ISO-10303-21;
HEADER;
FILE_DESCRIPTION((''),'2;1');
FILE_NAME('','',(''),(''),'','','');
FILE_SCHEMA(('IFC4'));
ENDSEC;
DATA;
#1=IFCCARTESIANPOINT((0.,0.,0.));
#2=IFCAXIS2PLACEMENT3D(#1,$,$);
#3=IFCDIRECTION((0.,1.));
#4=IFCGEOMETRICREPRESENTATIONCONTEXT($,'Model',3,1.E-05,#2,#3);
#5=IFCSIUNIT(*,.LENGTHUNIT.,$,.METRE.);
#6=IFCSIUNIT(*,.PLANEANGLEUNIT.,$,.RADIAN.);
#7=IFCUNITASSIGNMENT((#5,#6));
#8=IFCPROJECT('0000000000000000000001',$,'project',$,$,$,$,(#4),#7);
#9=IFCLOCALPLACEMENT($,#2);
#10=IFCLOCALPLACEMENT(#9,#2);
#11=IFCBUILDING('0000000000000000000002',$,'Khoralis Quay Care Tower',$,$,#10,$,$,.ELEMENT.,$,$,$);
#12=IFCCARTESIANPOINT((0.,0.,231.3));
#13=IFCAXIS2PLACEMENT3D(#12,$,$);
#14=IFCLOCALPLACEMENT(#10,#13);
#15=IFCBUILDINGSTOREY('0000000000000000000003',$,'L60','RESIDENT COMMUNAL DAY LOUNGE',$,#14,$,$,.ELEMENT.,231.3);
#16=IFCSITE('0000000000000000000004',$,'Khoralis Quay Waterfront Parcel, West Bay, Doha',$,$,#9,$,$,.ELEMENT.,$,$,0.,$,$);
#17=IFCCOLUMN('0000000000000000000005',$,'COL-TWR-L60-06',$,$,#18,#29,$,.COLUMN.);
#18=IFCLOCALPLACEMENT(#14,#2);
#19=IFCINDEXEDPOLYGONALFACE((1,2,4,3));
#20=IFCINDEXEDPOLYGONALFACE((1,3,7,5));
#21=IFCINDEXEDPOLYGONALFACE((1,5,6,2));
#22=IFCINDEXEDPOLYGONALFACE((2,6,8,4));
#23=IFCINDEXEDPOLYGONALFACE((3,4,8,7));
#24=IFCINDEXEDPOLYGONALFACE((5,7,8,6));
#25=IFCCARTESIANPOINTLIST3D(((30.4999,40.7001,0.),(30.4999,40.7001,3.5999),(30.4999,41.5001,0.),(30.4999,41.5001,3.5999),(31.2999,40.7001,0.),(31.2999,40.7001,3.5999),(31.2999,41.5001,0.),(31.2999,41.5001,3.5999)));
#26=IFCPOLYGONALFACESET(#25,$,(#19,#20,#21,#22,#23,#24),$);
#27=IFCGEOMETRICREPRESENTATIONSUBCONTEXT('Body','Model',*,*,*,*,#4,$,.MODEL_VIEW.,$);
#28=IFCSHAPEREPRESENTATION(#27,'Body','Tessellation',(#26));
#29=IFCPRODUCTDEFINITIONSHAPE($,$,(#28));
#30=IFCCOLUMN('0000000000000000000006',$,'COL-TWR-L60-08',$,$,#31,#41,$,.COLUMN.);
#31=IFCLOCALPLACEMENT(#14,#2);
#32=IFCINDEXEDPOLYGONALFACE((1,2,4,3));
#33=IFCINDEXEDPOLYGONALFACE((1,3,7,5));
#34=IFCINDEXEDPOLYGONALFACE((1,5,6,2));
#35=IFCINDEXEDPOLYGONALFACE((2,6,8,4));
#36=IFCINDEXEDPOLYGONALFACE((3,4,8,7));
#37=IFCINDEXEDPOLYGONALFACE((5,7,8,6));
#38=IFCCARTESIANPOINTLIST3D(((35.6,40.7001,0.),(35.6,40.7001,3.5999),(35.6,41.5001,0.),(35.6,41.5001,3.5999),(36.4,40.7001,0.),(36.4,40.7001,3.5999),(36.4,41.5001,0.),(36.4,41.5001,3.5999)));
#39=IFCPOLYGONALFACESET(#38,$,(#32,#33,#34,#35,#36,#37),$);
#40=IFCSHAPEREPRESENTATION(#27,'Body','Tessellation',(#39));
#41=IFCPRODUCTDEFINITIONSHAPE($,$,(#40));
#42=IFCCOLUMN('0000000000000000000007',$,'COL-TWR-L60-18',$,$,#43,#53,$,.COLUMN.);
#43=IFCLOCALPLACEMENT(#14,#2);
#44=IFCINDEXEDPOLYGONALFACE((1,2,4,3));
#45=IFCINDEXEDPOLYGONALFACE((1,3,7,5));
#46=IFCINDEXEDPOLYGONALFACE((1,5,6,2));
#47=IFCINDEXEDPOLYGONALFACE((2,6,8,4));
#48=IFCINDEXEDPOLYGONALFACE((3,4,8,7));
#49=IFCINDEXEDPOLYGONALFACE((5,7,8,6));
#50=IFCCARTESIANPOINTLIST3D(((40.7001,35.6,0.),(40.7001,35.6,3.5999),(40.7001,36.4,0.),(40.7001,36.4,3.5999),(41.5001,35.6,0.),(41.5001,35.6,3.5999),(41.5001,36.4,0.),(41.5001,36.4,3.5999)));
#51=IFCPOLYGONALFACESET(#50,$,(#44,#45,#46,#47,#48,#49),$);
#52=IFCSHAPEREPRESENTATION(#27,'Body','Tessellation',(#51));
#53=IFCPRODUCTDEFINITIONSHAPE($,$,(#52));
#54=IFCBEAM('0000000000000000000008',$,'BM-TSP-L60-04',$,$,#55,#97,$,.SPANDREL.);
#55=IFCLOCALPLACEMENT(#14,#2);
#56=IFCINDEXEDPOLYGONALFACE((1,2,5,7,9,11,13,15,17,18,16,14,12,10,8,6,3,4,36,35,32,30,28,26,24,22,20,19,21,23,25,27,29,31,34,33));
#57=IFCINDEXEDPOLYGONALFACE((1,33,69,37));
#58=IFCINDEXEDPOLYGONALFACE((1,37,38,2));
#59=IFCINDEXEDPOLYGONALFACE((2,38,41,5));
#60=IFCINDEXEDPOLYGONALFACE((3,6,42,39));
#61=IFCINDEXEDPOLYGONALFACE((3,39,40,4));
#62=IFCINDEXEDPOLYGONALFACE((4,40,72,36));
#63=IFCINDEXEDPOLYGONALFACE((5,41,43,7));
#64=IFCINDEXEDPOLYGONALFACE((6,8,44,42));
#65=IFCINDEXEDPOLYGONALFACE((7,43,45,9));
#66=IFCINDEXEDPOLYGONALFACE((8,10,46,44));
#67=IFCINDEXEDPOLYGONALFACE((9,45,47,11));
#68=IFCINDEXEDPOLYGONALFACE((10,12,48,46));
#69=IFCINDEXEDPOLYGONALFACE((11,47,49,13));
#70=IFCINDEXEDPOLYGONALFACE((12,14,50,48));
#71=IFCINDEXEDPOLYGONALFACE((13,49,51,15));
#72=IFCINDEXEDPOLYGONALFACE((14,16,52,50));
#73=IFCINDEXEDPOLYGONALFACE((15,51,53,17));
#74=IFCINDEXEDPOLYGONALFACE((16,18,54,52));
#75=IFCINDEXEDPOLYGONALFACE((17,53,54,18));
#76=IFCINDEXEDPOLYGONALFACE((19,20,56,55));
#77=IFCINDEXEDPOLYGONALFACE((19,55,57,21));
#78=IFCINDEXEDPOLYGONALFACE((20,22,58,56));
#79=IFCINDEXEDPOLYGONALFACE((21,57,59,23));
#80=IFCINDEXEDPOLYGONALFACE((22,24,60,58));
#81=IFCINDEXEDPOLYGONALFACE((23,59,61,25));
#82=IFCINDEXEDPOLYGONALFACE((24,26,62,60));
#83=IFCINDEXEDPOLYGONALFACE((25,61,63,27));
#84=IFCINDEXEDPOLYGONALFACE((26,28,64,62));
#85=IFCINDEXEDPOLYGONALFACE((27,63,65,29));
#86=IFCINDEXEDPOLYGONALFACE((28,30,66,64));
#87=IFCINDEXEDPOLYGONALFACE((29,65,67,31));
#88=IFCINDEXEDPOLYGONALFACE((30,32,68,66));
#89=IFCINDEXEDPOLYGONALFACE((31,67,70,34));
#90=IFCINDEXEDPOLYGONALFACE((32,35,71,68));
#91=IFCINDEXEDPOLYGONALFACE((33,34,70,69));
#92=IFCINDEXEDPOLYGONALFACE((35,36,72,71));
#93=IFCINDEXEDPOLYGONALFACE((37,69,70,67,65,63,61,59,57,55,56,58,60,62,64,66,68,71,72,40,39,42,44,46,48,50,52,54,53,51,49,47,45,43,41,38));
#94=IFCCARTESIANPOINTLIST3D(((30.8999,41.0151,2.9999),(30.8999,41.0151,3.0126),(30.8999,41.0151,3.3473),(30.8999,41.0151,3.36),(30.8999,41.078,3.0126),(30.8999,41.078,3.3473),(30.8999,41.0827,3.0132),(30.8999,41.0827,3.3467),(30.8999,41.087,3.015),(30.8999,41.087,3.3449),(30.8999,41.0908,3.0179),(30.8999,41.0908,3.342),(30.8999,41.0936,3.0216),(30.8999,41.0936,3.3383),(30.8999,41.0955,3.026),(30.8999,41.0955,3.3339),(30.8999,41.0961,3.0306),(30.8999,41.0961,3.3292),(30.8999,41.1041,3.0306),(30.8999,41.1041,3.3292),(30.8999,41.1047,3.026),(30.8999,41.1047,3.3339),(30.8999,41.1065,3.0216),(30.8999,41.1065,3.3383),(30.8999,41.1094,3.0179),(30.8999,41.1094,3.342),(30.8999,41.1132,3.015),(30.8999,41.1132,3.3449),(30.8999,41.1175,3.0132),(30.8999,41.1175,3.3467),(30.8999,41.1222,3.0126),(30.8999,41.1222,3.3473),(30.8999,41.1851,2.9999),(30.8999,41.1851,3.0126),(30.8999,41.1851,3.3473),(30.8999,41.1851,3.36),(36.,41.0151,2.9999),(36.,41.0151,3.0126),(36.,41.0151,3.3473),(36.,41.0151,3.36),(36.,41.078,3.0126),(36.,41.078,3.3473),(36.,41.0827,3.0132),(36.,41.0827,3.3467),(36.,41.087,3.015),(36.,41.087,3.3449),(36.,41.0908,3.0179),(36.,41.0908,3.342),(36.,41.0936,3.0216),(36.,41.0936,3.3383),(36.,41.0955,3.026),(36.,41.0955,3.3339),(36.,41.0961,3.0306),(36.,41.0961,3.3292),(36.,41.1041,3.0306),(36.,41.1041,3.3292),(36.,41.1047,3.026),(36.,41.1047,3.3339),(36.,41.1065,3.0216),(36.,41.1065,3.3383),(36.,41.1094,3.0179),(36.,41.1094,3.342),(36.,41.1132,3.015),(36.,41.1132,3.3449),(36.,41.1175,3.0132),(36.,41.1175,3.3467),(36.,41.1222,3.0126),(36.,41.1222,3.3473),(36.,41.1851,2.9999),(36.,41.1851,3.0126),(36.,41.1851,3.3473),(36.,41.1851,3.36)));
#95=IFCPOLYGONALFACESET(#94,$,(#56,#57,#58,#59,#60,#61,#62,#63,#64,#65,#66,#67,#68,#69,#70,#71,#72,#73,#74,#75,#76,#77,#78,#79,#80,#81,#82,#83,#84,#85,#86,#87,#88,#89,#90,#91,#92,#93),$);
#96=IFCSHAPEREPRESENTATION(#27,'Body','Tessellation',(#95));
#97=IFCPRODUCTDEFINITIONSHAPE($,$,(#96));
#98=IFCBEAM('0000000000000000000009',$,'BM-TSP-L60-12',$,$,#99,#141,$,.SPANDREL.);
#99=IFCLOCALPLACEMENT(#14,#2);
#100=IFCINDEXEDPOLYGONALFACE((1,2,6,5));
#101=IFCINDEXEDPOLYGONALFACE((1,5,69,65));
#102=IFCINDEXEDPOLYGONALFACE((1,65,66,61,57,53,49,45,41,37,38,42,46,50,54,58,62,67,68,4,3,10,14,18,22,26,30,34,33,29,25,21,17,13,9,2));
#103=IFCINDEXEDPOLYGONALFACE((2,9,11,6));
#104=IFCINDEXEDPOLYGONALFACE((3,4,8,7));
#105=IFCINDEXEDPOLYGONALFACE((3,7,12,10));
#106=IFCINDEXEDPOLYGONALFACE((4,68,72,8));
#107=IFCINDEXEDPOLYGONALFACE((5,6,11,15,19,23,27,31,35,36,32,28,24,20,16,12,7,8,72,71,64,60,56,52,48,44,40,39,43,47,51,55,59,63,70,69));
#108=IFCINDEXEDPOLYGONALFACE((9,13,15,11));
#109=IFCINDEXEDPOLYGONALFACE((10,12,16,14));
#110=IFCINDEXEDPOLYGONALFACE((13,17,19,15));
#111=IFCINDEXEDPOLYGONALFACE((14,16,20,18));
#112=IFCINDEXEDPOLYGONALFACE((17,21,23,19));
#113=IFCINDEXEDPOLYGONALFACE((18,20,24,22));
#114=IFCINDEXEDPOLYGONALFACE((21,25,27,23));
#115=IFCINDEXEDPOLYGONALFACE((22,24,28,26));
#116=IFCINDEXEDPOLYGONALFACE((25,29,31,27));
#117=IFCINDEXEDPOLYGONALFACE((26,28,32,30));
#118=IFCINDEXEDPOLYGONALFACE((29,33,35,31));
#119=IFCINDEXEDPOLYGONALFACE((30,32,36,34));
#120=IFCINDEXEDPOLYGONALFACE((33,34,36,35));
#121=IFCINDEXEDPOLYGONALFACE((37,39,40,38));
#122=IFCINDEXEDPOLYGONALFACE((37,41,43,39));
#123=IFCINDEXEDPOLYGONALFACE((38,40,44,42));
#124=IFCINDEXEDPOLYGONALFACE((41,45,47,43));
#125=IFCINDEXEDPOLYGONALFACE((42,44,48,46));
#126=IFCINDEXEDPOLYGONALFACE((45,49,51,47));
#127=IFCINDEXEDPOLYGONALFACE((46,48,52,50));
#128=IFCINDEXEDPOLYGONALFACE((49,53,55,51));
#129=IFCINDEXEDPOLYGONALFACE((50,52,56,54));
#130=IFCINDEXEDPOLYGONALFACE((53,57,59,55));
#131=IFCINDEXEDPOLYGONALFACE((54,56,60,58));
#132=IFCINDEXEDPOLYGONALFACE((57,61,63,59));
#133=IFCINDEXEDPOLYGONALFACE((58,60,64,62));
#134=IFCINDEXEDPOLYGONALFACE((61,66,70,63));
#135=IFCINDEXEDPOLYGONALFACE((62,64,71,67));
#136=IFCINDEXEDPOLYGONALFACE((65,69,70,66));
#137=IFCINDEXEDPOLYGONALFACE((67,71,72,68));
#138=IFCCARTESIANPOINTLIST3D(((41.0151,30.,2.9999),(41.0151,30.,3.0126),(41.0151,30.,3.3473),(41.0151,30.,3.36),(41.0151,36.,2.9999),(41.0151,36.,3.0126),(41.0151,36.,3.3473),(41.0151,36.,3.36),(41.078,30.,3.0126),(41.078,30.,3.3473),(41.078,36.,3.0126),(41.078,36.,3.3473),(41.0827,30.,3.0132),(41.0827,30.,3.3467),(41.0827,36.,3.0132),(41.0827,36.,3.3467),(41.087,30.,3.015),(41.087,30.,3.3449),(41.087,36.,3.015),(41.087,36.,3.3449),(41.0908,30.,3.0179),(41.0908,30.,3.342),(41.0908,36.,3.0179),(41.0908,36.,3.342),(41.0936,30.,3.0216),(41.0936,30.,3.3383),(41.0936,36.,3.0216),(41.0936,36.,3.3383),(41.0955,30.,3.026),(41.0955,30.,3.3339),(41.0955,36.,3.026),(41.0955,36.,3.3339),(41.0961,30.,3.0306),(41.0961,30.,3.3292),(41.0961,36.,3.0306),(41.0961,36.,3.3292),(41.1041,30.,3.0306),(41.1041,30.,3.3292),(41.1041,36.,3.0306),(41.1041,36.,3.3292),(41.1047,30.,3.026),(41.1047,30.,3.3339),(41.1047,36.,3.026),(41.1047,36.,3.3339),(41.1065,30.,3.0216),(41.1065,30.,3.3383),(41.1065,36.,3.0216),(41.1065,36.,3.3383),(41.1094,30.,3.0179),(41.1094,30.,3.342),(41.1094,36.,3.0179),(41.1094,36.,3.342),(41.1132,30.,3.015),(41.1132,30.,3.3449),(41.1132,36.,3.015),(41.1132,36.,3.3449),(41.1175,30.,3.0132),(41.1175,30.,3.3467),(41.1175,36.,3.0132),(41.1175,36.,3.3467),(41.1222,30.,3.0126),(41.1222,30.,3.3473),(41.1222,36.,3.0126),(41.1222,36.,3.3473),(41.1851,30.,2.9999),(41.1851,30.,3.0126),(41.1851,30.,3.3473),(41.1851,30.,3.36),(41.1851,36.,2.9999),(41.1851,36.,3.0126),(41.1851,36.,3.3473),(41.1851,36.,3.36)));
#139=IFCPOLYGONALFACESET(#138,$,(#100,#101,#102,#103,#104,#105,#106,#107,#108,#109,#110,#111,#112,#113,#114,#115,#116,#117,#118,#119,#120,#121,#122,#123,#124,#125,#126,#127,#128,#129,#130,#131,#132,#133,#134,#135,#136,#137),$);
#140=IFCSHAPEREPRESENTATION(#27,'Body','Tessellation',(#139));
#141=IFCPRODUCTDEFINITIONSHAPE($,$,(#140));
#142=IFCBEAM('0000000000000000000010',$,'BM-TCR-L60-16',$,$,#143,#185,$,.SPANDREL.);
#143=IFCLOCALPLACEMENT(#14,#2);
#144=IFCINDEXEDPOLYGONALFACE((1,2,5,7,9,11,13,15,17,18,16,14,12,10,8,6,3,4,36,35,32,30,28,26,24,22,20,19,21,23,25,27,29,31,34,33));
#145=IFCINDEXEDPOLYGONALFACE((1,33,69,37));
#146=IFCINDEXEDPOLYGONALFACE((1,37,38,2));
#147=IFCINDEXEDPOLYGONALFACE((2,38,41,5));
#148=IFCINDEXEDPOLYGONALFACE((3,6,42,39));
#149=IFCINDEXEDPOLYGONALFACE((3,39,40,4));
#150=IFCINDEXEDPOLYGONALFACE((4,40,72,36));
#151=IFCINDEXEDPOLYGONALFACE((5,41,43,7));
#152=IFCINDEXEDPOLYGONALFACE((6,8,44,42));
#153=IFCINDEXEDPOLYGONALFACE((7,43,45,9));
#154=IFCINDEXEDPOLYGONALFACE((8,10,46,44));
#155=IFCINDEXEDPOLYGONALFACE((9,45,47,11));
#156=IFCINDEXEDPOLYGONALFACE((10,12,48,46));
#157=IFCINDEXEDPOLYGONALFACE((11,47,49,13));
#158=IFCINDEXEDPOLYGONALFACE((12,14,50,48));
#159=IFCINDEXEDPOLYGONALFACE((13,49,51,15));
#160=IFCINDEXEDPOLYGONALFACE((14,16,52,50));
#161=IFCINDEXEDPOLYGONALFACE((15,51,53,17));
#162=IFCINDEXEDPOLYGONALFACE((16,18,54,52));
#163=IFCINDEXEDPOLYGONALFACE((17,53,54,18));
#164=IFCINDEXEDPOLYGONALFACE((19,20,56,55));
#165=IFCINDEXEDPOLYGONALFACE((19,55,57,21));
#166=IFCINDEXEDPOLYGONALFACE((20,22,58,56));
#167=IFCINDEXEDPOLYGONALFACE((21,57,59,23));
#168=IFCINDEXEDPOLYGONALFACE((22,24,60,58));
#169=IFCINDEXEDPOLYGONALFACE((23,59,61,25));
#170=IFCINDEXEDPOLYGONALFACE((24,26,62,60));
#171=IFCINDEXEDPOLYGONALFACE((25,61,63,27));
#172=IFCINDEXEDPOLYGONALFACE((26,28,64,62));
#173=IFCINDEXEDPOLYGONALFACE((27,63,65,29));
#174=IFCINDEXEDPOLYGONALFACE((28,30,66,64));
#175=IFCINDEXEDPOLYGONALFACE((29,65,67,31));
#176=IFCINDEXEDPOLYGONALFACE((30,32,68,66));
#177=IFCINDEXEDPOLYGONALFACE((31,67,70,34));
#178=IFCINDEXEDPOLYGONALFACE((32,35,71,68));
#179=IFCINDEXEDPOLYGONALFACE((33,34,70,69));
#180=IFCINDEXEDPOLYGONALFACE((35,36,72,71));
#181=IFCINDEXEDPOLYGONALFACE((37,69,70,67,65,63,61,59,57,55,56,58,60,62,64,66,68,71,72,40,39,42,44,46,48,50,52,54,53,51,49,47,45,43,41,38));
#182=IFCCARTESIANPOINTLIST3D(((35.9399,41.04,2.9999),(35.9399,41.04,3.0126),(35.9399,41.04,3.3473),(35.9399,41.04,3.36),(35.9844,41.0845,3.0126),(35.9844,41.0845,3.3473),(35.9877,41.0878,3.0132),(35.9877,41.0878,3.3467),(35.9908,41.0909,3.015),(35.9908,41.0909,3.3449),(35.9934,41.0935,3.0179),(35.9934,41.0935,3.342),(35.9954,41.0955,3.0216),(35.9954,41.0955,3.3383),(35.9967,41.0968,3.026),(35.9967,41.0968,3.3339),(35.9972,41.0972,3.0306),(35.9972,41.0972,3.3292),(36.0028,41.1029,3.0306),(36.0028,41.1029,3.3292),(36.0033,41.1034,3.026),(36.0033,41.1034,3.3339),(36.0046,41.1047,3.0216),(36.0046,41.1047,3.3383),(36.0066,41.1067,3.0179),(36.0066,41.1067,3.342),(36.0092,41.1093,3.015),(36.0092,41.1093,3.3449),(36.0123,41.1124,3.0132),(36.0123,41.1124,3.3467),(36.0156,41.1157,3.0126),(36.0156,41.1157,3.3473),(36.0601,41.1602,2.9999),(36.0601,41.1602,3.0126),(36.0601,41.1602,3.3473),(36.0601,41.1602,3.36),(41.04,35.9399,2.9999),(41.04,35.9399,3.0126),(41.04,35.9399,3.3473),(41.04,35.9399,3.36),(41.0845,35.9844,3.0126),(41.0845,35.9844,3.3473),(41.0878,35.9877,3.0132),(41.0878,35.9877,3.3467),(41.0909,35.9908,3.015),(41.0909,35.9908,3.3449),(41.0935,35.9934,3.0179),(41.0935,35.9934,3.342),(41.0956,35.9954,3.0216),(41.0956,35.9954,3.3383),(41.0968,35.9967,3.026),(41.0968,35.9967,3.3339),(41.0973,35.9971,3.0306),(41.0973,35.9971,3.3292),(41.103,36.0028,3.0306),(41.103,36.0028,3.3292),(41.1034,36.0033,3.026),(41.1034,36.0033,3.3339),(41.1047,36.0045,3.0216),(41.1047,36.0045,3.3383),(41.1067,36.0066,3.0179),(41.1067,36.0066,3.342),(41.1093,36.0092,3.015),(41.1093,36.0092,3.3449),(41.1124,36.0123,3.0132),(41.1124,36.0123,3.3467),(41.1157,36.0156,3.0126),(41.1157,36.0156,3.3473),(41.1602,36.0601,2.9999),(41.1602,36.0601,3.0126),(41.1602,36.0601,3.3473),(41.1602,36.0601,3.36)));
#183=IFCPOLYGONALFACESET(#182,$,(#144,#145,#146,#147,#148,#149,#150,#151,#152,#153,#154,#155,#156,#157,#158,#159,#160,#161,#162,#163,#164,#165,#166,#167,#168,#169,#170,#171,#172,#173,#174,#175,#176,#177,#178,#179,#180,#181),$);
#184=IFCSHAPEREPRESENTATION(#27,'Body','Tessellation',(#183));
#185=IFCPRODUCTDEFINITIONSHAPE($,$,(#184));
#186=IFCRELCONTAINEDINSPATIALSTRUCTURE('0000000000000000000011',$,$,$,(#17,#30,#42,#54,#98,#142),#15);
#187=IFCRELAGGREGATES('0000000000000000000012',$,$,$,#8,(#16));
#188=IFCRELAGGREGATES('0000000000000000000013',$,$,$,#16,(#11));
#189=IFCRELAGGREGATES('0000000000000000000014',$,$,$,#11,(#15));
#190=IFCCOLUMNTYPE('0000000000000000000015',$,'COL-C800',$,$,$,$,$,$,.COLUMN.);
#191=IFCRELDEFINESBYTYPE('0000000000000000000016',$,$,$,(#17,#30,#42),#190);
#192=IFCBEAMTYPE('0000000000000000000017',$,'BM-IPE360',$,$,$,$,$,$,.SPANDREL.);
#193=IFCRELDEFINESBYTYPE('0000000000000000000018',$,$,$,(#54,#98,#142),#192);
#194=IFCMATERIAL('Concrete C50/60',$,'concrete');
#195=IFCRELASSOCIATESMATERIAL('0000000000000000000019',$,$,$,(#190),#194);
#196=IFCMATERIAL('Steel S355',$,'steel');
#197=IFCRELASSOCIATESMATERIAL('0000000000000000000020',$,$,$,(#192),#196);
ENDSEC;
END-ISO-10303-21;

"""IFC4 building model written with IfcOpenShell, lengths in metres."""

from ifc_helpers import new_model, si_unit, direction, frame, origin, origin_2d, place, context, subcontext, project, spatial, rectangle, i_section, extrude, source, transform, mapped, material, material_profile, profile_set, type_object, element, save


model = new_model("IFC4")

# Units and contexts
model_context = context("Model", 3, precision=1e-05, world=origin(), true_north=direction((0.0, 1.0)))
body_context = subcontext(model_context, "Body", "Model", "MODEL_VIEW")
ifc_project = project(units=[si_unit("LENGTHUNIT", "METRE"), si_unit("PLANEANGLEUNIT", "RADIAN")], contexts=[model_context])

# Site, building, storey
site_placement = place(None, origin())
site = spatial("IfcSite", under=ifc_project, at=site_placement, Name="Khoralis Quay Waterfront Parcel, West Bay, Doha", CompositionType="ELEMENT", RefElevation=0.0)
building_placement = place(site_placement, origin())
building = spatial("IfcBuilding", under=site, at=building_placement, Name="Khoralis Quay Care Tower", CompositionType="ELEMENT")
storey_placement = place(building_placement, frame((0.0, 0.0, 231.3)))
storey = spatial("IfcBuildingStorey", under=building, at=storey_placement, Name="L60", Description="RESIDENT COMMUNAL DAY LOUNGE", CompositionType="ELEMENT", Elevation=231.3)

# Columns
ifc_material_1 = material(Name="Concrete C50/60", Category="concrete")
ifc_material_profile_1 = material_profile(ifc_material_1, rectangle(XDim=0.8, YDim=0.8, at=origin_2d()), Name="Concrete C50/60")
ifc_profile_set_1 = profile_set([ifc_material_profile_1], Name="Concrete C50/60")
column_type = type_object("IfcColumnType", Name="COL-C800", PredefinedType="COLUMN", material=ifc_profile_set_1)
shared_shape_1 = source(origin(), body_context, "Body", "SweptSolid", [
    extrude(rectangle(XDim=0.8, YDim=0.8, at=origin_2d()), origin(), (0.0, 0.0, 1.0), 3.5999),
])
for number, where, z_axis, x_axis, name in (
    (1, (30.8999, 41.1001, 0.0), (0.0, 0.0, 1.0), (1.0, 0.0, 0.0), "COL-TWR-L60-06"),
    (2, (36.0, 41.1001, 0.0), (0.0, 0.0, 1.0), (1.0, 0.0, 0.0), "COL-TWR-L60-08"),
    (3, (41.1001, 36.0, 0.0), (0.0, 0.0, 1.0), (1.0, 0.0, 0.0), "COL-TWR-L60-18"),
):
    element("IfcColumn", number, at=place(storey_placement, frame(where, z_axis=z_axis, x_axis=x_axis)), inside=storey, type_object=column_type, Name=name, PredefinedType="COLUMN", context=body_context, shape_type="MappedRepresentation", body=[
        mapped(shared_shape_1, transform((0.0, 0.0, 0.0), scale=1.0)),
    ])

# Beams
ifc_material_2 = material(Name="Steel S355", Category="steel")
ifc_material_profile_2 = material_profile(ifc_material_2, i_section(OverallWidth=0.1699, OverallDepth=0.3601, WebThickness=0.0081, FlangeThickness=0.0127, FilletRadius=0.0181, at=origin_2d()), Name="Steel S355")
ifc_profile_set_2 = profile_set([ifc_material_profile_2], Name="Steel S355")
beam_type_1 = type_object("IfcBeamType", Name="BM-IPE360", PredefinedType="SPANDREL", material=ifc_profile_set_2)
shared_shape_2 = source(origin(), body_context, "Body", "SweptSolid", [
    extrude(i_section(OverallWidth=0.1699, OverallDepth=0.3601, WebThickness=0.0081, FlangeThickness=0.0127, FilletRadius=0.0181, at=origin_2d()), origin(), (0.0, 0.0, 1.0), 5.1001),
])
beam_1_placement = place(storey_placement, frame((30.8999, 41.1001, 3.1799), z_axis=(1.0, 0.0, 0.0), x_axis=(0.0, 1.0, 0.0)))
element("IfcBeam", 4, at=beam_1_placement, inside=storey, type_object=beam_type_1, Name="BM-TSP-L60-04", PredefinedType="SPANDREL", context=body_context, shape_type="MappedRepresentation", body=[
    mapped(shared_shape_2, transform((0.0, 0.0, 0.0), scale=1.0)),
])
shared_shape_3 = source(origin(), body_context, "Body", "SweptSolid", [
    extrude(i_section(OverallWidth=0.1699, OverallDepth=0.3601, WebThickness=0.0081, FlangeThickness=0.0127, FilletRadius=0.0181, at=origin_2d()), origin(), (0.0, 0.0, 1.0), 6.0),
])
beam_2_placement = place(storey_placement, frame((41.1001, 30.0, 3.1799), z_axis=(0.0, 1.0, 0.0), x_axis=(-1.0, 0.0, 0.0)))
element("IfcBeam", 5, at=beam_2_placement, inside=storey, type_object=beam_type_1, Name="BM-TSP-L60-12", PredefinedType="SPANDREL", context=body_context, shape_type="MappedRepresentation", body=[
    mapped(shared_shape_3, transform((0.0, 0.0, 0.0), scale=1.0)),
])
shared_shape_4 = source(origin(), body_context, "Body", "SweptSolid", [
    extrude(i_section(OverallWidth=0.1699, OverallDepth=0.3601, WebThickness=0.0081, FlangeThickness=0.0127, FilletRadius=0.0181, at=origin_2d()), origin(), (0.0, 0.0, 1.0), 7.2126),
])
beam_3_placement = place(storey_placement, frame((36.0, 41.1001, 3.1799), z_axis=(0.707107, -0.707107, 0.0), x_axis=(0.707107, 0.707107, 0.0)))
element("IfcBeam", 6, at=beam_3_placement, inside=storey, type_object=beam_type_1, Name="BM-TCR-L60-16", PredefinedType="SPANDREL", context=body_context, shape_type="MappedRepresentation", body=[
    mapped(shared_shape_4, transform((0.0, 0.0, 0.0), scale=1.0)),
])

save(model, "model.ifc")
